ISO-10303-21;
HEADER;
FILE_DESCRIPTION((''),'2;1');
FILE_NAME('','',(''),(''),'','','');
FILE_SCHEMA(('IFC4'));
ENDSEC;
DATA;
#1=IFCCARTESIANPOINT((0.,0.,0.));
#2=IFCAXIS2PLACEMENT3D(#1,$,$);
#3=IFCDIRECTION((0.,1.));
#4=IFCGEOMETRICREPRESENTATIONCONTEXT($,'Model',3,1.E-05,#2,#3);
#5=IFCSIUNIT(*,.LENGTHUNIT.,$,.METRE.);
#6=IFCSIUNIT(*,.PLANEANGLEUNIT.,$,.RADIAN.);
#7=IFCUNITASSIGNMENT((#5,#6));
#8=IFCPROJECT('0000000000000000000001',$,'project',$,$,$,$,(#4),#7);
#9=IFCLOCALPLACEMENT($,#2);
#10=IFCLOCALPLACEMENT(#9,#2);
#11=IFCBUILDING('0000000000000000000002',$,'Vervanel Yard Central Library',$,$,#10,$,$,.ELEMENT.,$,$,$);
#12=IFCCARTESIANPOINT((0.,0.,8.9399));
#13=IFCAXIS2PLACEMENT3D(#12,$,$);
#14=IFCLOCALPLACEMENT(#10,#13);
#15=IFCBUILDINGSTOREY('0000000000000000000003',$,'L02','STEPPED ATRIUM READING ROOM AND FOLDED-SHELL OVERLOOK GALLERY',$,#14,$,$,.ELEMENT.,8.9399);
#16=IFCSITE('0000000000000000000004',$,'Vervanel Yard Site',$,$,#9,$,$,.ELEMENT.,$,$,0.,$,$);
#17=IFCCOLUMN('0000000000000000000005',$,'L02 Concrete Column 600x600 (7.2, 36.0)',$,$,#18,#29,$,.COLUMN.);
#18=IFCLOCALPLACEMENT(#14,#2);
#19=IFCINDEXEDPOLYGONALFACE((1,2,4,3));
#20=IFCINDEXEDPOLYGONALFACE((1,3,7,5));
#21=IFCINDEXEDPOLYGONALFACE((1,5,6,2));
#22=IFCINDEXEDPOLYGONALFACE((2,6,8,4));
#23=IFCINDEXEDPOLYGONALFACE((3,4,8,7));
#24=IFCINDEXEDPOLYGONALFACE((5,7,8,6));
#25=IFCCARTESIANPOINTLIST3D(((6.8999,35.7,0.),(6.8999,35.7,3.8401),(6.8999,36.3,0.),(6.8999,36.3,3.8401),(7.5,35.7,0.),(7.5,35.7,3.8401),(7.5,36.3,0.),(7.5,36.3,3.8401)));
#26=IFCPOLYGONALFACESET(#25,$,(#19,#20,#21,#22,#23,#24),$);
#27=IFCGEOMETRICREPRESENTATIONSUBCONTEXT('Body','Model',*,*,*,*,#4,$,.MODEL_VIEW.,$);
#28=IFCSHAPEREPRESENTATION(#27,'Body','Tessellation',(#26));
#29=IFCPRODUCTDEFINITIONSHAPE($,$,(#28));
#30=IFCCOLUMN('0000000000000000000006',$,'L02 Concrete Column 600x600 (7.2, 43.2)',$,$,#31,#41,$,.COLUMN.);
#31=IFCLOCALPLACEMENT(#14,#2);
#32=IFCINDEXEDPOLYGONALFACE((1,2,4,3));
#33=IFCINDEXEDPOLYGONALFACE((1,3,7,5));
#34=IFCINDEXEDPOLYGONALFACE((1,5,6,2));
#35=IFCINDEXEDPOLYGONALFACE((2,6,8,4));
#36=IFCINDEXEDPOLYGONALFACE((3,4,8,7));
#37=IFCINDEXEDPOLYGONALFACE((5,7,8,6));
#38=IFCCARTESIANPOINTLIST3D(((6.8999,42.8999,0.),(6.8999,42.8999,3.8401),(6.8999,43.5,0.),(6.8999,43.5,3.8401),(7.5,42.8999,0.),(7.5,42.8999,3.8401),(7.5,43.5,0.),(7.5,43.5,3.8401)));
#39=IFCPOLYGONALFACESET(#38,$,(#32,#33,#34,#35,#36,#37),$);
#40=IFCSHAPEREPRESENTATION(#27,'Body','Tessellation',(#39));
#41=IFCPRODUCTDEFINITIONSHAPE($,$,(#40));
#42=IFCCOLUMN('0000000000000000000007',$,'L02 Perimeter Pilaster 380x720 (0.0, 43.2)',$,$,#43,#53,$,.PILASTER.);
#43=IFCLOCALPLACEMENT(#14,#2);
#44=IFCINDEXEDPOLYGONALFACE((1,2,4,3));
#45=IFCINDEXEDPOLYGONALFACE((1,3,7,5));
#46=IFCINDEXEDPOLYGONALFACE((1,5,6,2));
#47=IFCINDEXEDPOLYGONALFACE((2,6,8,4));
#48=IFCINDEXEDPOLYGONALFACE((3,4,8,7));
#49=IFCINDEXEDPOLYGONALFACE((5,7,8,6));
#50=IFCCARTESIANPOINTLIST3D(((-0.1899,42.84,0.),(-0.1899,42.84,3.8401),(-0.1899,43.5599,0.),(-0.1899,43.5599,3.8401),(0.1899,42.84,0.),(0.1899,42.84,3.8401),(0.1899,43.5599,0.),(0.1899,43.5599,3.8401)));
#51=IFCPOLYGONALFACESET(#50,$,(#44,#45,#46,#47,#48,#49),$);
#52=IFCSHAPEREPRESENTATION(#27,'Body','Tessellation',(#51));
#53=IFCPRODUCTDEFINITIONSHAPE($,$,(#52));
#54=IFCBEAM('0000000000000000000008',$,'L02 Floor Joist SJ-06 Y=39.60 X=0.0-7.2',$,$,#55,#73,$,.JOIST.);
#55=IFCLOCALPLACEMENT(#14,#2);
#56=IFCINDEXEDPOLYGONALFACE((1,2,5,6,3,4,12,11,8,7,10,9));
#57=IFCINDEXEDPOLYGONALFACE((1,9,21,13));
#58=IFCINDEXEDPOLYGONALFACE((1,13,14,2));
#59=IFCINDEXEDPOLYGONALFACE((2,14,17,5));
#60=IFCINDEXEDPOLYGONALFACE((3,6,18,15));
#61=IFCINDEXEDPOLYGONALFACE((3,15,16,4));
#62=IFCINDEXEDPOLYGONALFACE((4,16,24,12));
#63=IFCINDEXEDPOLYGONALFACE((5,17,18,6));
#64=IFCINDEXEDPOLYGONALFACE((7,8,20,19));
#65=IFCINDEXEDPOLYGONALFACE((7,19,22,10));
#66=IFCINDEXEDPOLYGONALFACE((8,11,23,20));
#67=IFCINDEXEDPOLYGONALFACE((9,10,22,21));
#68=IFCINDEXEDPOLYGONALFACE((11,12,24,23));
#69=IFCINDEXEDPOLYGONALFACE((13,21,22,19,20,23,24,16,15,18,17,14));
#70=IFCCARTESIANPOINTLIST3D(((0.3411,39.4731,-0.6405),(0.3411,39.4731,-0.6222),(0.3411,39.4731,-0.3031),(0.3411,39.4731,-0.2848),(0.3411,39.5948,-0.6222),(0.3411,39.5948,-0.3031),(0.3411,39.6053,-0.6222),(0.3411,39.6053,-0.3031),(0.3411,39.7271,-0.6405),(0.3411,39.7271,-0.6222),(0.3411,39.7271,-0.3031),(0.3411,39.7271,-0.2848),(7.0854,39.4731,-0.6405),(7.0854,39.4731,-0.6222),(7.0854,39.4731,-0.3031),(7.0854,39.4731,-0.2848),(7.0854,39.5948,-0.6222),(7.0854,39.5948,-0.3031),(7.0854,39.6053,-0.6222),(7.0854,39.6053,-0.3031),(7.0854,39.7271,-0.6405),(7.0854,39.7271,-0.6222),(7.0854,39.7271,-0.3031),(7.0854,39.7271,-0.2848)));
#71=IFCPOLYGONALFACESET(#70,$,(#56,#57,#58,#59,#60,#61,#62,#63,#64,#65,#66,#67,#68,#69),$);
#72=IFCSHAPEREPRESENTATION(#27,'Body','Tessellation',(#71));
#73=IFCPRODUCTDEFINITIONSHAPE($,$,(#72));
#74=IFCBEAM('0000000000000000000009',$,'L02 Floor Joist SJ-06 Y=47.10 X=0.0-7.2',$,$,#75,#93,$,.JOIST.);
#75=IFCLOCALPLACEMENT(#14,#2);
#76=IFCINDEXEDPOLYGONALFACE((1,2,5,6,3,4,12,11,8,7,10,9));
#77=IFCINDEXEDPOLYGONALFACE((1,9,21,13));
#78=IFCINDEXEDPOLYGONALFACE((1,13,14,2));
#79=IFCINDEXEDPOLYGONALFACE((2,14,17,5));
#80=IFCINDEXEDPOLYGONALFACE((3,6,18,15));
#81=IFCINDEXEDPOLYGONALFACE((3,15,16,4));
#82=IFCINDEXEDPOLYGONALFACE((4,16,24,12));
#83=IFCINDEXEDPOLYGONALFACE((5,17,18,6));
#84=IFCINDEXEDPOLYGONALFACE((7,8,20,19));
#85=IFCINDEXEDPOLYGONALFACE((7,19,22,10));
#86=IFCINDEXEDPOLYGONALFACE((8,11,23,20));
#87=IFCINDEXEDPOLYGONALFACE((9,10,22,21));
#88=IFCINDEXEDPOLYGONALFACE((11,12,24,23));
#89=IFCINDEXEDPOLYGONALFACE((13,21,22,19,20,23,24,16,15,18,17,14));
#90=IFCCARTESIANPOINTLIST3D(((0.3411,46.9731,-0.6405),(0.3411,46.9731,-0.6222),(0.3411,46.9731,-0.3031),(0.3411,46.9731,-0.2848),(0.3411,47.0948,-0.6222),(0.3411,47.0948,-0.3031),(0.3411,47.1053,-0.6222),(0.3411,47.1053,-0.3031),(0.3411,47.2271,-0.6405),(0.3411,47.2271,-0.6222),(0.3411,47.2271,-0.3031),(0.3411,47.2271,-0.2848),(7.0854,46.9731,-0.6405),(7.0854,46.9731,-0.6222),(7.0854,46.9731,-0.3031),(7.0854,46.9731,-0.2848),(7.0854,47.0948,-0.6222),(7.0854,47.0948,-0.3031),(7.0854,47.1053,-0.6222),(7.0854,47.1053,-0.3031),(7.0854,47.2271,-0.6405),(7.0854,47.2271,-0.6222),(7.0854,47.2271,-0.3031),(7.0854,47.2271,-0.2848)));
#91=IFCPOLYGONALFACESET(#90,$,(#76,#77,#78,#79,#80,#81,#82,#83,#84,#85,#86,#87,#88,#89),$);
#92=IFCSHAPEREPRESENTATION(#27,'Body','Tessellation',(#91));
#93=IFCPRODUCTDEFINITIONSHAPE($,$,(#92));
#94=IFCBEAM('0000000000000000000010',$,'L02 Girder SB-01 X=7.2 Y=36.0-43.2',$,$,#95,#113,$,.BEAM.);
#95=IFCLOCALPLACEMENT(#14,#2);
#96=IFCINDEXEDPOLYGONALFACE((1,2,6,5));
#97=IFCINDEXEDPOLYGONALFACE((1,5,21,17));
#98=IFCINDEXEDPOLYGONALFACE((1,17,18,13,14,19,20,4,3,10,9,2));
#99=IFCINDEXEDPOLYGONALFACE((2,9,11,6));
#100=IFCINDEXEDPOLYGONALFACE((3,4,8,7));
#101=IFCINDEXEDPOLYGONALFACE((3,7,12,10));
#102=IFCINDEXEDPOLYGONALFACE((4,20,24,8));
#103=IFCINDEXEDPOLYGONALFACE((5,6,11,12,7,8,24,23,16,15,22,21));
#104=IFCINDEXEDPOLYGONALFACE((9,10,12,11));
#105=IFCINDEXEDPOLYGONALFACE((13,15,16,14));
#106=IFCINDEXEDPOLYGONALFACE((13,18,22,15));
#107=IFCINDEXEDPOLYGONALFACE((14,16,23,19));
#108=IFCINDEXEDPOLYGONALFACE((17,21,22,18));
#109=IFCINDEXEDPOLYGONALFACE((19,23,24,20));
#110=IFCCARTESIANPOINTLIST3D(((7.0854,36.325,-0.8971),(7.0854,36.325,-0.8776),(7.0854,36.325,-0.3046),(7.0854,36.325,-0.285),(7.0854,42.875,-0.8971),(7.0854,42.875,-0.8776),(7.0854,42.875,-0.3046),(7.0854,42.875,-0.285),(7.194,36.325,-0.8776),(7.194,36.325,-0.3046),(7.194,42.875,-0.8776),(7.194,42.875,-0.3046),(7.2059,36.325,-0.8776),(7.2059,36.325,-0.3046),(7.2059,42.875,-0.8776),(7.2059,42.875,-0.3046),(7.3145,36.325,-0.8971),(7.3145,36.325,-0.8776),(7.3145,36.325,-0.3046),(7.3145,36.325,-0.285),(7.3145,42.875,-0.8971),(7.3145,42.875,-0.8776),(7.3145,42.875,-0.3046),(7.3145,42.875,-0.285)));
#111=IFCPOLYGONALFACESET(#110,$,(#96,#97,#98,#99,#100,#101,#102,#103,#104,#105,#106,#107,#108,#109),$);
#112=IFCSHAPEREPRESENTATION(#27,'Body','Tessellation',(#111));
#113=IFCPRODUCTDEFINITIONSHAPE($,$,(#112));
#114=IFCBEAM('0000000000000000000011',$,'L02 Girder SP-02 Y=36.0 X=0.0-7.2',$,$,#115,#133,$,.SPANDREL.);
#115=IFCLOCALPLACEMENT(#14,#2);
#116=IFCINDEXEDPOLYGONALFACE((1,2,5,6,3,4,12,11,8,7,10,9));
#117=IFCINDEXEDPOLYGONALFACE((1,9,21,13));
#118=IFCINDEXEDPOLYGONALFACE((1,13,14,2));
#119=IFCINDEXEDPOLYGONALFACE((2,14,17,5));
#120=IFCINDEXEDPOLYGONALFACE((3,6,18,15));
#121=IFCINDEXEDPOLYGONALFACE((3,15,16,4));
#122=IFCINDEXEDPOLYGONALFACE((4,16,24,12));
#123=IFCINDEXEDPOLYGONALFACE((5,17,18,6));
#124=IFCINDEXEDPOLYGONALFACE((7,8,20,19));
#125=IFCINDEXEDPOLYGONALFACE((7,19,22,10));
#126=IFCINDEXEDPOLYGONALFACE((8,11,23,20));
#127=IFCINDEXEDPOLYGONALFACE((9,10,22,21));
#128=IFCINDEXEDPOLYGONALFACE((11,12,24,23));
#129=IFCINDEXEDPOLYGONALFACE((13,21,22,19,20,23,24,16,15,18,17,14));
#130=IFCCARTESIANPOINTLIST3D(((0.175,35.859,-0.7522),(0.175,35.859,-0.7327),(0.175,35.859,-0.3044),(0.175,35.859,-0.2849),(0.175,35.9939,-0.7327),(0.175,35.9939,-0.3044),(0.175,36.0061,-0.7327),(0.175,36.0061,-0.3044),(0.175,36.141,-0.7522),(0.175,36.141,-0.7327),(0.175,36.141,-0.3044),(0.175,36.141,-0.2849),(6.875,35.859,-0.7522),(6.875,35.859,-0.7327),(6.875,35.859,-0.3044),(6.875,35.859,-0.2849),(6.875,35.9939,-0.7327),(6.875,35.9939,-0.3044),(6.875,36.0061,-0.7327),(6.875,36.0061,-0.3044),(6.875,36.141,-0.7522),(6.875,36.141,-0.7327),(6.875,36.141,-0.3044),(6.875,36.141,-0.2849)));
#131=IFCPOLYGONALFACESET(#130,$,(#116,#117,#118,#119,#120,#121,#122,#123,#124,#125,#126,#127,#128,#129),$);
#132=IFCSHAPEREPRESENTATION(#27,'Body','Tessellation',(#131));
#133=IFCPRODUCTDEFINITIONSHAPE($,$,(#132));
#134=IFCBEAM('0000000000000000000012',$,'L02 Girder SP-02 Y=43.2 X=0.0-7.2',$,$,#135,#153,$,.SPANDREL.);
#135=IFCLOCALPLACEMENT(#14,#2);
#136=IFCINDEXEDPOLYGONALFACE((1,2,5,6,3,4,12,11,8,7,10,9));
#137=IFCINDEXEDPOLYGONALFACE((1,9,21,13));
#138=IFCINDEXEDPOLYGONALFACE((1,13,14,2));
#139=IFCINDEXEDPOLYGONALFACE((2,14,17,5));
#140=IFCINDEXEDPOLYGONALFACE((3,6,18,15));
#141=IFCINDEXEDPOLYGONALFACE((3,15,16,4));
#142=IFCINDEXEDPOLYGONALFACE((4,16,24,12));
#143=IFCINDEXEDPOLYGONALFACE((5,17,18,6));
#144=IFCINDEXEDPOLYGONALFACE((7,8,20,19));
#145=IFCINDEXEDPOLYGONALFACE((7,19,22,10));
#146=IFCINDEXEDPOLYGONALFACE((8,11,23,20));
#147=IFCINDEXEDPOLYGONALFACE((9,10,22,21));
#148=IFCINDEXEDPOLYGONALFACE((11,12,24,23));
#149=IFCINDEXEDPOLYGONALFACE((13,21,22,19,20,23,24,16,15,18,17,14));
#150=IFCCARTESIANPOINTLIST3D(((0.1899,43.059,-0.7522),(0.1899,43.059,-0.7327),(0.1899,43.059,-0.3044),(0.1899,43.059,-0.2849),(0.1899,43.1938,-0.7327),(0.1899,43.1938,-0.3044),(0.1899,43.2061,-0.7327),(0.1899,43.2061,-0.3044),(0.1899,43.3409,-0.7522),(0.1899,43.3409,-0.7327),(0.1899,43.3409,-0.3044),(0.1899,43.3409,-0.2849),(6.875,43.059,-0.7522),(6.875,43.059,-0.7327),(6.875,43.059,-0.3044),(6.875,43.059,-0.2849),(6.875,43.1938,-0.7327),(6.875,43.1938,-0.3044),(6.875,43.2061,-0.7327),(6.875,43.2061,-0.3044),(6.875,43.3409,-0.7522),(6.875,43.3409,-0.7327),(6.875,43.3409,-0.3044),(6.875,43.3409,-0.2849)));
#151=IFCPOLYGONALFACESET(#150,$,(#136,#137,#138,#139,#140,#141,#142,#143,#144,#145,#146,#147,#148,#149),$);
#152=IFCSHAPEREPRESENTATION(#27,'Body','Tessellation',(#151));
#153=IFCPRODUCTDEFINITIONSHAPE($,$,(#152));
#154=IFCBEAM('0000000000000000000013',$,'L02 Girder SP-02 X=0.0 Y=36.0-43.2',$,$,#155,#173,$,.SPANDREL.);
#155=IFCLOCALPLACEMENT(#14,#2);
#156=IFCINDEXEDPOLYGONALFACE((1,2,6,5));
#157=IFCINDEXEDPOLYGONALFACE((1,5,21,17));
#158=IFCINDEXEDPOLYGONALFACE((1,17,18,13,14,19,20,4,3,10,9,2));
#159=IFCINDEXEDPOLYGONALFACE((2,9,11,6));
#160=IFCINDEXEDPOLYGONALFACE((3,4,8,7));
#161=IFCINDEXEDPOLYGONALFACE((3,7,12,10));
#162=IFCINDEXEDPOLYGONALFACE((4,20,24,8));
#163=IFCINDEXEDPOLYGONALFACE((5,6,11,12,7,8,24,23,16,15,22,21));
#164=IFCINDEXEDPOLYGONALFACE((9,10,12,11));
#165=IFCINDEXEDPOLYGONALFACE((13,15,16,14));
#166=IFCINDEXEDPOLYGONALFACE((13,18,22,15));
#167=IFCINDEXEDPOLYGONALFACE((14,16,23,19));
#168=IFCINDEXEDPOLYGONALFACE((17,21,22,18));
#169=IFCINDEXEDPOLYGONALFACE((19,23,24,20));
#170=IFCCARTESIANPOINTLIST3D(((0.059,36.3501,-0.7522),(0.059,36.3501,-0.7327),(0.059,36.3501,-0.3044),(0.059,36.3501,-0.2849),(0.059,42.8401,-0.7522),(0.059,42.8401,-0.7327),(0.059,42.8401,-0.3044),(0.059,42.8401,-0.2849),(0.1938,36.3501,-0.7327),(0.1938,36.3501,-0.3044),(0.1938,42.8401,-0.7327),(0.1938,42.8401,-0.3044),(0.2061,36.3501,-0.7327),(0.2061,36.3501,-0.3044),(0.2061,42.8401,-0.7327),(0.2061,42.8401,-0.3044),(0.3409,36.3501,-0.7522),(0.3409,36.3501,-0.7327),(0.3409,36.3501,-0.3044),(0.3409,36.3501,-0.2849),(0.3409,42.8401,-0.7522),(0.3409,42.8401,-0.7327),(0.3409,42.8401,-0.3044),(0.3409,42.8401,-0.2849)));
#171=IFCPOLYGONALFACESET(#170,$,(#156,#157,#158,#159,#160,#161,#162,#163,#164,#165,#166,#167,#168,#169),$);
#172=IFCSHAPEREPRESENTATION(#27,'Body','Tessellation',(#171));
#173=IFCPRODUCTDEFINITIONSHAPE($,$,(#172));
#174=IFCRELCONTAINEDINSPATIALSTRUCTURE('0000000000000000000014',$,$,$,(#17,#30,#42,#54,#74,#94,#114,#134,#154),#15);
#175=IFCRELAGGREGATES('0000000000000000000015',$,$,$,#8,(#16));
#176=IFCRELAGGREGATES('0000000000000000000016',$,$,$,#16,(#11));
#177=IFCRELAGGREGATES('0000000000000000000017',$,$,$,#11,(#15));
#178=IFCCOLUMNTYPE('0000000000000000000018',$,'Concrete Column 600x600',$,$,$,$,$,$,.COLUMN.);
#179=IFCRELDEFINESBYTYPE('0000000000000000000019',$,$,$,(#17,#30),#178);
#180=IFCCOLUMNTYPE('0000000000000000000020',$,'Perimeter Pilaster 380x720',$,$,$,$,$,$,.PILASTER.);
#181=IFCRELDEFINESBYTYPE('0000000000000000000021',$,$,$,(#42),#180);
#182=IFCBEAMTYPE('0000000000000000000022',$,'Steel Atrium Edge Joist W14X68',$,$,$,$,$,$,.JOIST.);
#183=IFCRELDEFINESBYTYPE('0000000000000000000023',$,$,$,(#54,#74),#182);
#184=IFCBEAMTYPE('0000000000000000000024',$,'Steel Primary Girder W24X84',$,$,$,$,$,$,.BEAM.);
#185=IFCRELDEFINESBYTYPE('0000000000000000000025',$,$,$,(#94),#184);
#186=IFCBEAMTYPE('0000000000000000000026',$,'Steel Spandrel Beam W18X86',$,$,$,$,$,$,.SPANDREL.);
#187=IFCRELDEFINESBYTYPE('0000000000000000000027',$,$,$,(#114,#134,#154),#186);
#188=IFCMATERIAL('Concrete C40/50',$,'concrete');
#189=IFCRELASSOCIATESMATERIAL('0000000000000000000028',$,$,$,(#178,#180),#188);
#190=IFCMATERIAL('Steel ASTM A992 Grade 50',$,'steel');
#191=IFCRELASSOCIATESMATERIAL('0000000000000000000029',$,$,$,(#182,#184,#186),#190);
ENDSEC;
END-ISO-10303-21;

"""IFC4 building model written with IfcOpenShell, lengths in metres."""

from ifc_helpers import new_model, si_unit, direction, frame, origin, origin_2d, place, context, subcontext, project, spatial, rectangle, i_section, extrude, material, material_profile, profile_set, type_object, element, save


model = new_model("IFC4")

# Units and contexts
model_context = context("Model", 3, precision=1e-05, world=origin(), true_north=direction((0.0, 1.0)))
body_context = subcontext(model_context, "Body", "Model", "MODEL_VIEW")
ifc_project = project(units=[si_unit("LENGTHUNIT", "METRE"), si_unit("PLANEANGLEUNIT", "RADIAN")], contexts=[model_context])

# Site, building, storey
site_placement = place(None, origin())
site = spatial("IfcSite", under=ifc_project, at=site_placement, Name="Vervanel Yard Site", CompositionType="ELEMENT", RefElevation=0.0)
building_placement = place(site_placement, origin())
building = spatial("IfcBuilding", under=site, at=building_placement, Name="Vervanel Yard Central Library", CompositionType="ELEMENT")
storey_placement = place(building_placement, frame((0.0, 0.0, 8.9399)))
storey = spatial("IfcBuildingStorey", under=building, at=storey_placement, Name="L02", Description="STEPPED ATRIUM READING ROOM AND FOLDED-SHELL OVERLOOK GALLERY", CompositionType="ELEMENT", Elevation=8.9399)

# Columns
ifc_material_1 = material(Name="Concrete C40/50", Category="concrete")
ifc_material_profile_1 = material_profile(ifc_material_1, rectangle(XDim=0.6001, YDim=0.6001, at=origin_2d()), Name="RC 600x600", Category="concrete")
ifc_profile_set_1 = profile_set([ifc_material_profile_1], Name="Concrete C40/50")
column_type_1 = type_object("IfcColumnType", Name="Concrete Column 600x600", PredefinedType="COLUMN", material=ifc_profile_set_1)
for number, where, z_axis, x_axis, name in (
    (1, (7.2, 36.0, 0.0), (0.0, 0.0, 1.0), (1.0, 0.0, 0.0), "L02 Concrete Column 600x600 (7.2, 36.0)"),
    (2, (7.2, 43.2, 0.0), (0.0, 0.0, 1.0), (1.0, 0.0, 0.0), "L02 Concrete Column 600x600 (7.2, 43.2)"),
):
    element("IfcColumn", number, at=place(storey_placement, frame(where, z_axis=z_axis, x_axis=x_axis)), inside=storey, type_object=column_type_1, Name=name, PredefinedType="COLUMN", context=body_context, shape_type="SweptSolid", body=[
        extrude(rectangle(XDim=0.6001, YDim=0.6001, at=origin_2d()), origin(), (0.0, 0.0, 1.0), 3.8401),
    ])
ifc_material_profile_2 = material_profile(ifc_material_1, rectangle(XDim=0.3799, YDim=0.72, at=origin_2d()), Name="RC 380x720", Category="concrete")
ifc_profile_set_2 = profile_set([ifc_material_profile_2], Name="Concrete C40/50")
column_type_2 = type_object("IfcColumnType", Name="Perimeter Pilaster 380x720", PredefinedType="PILASTER", material=ifc_profile_set_2)
column_placement = place(storey_placement, frame((0.0, 43.2, 0.0), z_axis=(0.0, 0.0, 1.0), x_axis=(1.0, 0.0, 0.0)))
element("IfcColumn", 3, at=column_placement, inside=storey, type_object=column_type_2, Name="L02 Perimeter Pilaster 380x720 (0.0, 43.2)", PredefinedType="PILASTER", context=body_context, shape_type="SweptSolid", body=[
    extrude(rectangle(XDim=0.3799, YDim=0.72, at=origin_2d()), origin(), (0.0, 0.0, 1.0), 3.8401),
])

# Beams
ifc_material_2 = material(Name="Steel ASTM A992 Grade 50", Category="steel")
ifc_material_profile_3 = material_profile(ifc_material_2, i_section(OverallWidth=0.2539, OverallDepth=0.3557, WebThickness=0.0105, FlangeThickness=0.0183, at=origin_2d()), Name="W14X68", Category="steel")
ifc_profile_set_3 = profile_set([ifc_material_profile_3], Name="Steel ASTM A992 Grade 50")
beam_type_1 = type_object("IfcBeamType", Name="Steel Atrium Edge Joist W14X68", PredefinedType="JOIST", material=ifc_profile_set_3)
for number, where, z_axis, x_axis, name in (
    (4, (0.3411, 39.6001, -0.4626), (1.0, 0.0, 0.0), (0.0, 1.0, 0.0), "L02 Floor Joist SJ-06 Y=39.60 X=0.0-7.2"),
    (5, (0.3411, 47.1001, -0.4626), (1.0, 0.0, 0.0), (0.0, 1.0, 0.0), "L02 Floor Joist SJ-06 Y=47.10 X=0.0-7.2"),
):
    element("IfcBeam", number, at=place(storey_placement, frame(where, z_axis=z_axis, x_axis=x_axis)), inside=storey, type_object=beam_type_1, Name=name, PredefinedType="JOIST", context=body_context, shape_type="SweptSolid", body=[
        extrude(i_section(OverallWidth=0.2539, OverallDepth=0.3557, WebThickness=0.0105, FlangeThickness=0.0183, at=origin_2d()), origin(), (0.0, 0.0, 1.0), 6.7444),
    ])
ifc_material_profile_4 = material_profile(ifc_material_2, i_section(OverallWidth=0.229, OverallDepth=0.6121, WebThickness=0.012, FlangeThickness=0.0195, at=origin_2d()), Name="W24X84", Category="steel")
ifc_profile_set_4 = profile_set([ifc_material_profile_4], Name="Steel ASTM A992 Grade 50")
beam_type_2 = type_object("IfcBeamType", Name="Steel Primary Girder W24X84", PredefinedType="BEAM", material=ifc_profile_set_4)
beam_1_placement = place(storey_placement, frame((7.2, 36.325, -0.5911), z_axis=(0.0, 1.0, 0.0), x_axis=(-1.0, 0.0, 0.0)))
element("IfcBeam", 6, at=beam_1_placement, inside=storey, type_object=beam_type_2, Name="L02 Girder SB-01 X=7.2 Y=36.0-43.2", PredefinedType="BEAM", context=body_context, shape_type="SweptSolid", body=[
    extrude(i_section(OverallWidth=0.229, OverallDepth=0.6121, WebThickness=0.012, FlangeThickness=0.0195, at=origin_2d()), origin(), (0.0, 0.0, 1.0), 6.55),
])
ifc_material_profile_5 = material_profile(ifc_material_2, i_section(OverallWidth=0.282, OverallDepth=0.4673, WebThickness=0.0122, FlangeThickness=0.0195, at=origin_2d()), Name="W18X86", Category="steel")
ifc_profile_set_5 = profile_set([ifc_material_profile_5], Name="Steel ASTM A992 Grade 50")
beam_type_3 = type_object("IfcBeamType", Name="Steel Spandrel Beam W18X86", PredefinedType="SPANDREL", material=ifc_profile_set_5)
beam_2_placement = place(storey_placement, frame((0.175, 36.0, -0.5186), z_axis=(1.0, 0.0, 0.0), x_axis=(0.0, 1.0, 0.0)))
element("IfcBeam", 7, at=beam_2_placement, inside=storey, type_object=beam_type_3, Name="L02 Girder SP-02 Y=36.0 X=0.0-7.2", PredefinedType="SPANDREL", context=body_context, shape_type="SweptSolid", body=[
    extrude(i_section(OverallWidth=0.282, OverallDepth=0.4673, WebThickness=0.0122, FlangeThickness=0.0195, at=origin_2d()), origin(), (0.0, 0.0, 1.0), 6.7),
])
beam_3_placement = place(storey_placement, frame((0.1899, 43.2, -0.5186), z_axis=(1.0, 0.0, 0.0), x_axis=(0.0, 1.0, 0.0)))
element("IfcBeam", 8, at=beam_3_placement, inside=storey, type_object=beam_type_3, Name="L02 Girder SP-02 Y=43.2 X=0.0-7.2", PredefinedType="SPANDREL", context=body_context, shape_type="SweptSolid", body=[
    extrude(i_section(OverallWidth=0.282, OverallDepth=0.4673, WebThickness=0.0122, FlangeThickness=0.0195, at=origin_2d()), origin(), (0.0, 0.0, 1.0), 6.6851),
])
beam_4_placement = place(storey_placement, frame((0.2, 36.3501, -0.5186), z_axis=(0.0, 1.0, 0.0), x_axis=(-1.0, 0.0, 0.0)))
element("IfcBeam", 9, at=beam_4_placement, inside=storey, type_object=beam_type_3, Name="L02 Girder SP-02 X=0.0 Y=36.0-43.2", PredefinedType="SPANDREL", context=body_context, shape_type="SweptSolid", body=[
    extrude(i_section(OverallWidth=0.282, OverallDepth=0.4673, WebThickness=0.0122, FlangeThickness=0.0195, at=origin_2d()), origin(), (0.0, 0.0, 1.0), 6.49),
])

save(model, "model.ifc")
